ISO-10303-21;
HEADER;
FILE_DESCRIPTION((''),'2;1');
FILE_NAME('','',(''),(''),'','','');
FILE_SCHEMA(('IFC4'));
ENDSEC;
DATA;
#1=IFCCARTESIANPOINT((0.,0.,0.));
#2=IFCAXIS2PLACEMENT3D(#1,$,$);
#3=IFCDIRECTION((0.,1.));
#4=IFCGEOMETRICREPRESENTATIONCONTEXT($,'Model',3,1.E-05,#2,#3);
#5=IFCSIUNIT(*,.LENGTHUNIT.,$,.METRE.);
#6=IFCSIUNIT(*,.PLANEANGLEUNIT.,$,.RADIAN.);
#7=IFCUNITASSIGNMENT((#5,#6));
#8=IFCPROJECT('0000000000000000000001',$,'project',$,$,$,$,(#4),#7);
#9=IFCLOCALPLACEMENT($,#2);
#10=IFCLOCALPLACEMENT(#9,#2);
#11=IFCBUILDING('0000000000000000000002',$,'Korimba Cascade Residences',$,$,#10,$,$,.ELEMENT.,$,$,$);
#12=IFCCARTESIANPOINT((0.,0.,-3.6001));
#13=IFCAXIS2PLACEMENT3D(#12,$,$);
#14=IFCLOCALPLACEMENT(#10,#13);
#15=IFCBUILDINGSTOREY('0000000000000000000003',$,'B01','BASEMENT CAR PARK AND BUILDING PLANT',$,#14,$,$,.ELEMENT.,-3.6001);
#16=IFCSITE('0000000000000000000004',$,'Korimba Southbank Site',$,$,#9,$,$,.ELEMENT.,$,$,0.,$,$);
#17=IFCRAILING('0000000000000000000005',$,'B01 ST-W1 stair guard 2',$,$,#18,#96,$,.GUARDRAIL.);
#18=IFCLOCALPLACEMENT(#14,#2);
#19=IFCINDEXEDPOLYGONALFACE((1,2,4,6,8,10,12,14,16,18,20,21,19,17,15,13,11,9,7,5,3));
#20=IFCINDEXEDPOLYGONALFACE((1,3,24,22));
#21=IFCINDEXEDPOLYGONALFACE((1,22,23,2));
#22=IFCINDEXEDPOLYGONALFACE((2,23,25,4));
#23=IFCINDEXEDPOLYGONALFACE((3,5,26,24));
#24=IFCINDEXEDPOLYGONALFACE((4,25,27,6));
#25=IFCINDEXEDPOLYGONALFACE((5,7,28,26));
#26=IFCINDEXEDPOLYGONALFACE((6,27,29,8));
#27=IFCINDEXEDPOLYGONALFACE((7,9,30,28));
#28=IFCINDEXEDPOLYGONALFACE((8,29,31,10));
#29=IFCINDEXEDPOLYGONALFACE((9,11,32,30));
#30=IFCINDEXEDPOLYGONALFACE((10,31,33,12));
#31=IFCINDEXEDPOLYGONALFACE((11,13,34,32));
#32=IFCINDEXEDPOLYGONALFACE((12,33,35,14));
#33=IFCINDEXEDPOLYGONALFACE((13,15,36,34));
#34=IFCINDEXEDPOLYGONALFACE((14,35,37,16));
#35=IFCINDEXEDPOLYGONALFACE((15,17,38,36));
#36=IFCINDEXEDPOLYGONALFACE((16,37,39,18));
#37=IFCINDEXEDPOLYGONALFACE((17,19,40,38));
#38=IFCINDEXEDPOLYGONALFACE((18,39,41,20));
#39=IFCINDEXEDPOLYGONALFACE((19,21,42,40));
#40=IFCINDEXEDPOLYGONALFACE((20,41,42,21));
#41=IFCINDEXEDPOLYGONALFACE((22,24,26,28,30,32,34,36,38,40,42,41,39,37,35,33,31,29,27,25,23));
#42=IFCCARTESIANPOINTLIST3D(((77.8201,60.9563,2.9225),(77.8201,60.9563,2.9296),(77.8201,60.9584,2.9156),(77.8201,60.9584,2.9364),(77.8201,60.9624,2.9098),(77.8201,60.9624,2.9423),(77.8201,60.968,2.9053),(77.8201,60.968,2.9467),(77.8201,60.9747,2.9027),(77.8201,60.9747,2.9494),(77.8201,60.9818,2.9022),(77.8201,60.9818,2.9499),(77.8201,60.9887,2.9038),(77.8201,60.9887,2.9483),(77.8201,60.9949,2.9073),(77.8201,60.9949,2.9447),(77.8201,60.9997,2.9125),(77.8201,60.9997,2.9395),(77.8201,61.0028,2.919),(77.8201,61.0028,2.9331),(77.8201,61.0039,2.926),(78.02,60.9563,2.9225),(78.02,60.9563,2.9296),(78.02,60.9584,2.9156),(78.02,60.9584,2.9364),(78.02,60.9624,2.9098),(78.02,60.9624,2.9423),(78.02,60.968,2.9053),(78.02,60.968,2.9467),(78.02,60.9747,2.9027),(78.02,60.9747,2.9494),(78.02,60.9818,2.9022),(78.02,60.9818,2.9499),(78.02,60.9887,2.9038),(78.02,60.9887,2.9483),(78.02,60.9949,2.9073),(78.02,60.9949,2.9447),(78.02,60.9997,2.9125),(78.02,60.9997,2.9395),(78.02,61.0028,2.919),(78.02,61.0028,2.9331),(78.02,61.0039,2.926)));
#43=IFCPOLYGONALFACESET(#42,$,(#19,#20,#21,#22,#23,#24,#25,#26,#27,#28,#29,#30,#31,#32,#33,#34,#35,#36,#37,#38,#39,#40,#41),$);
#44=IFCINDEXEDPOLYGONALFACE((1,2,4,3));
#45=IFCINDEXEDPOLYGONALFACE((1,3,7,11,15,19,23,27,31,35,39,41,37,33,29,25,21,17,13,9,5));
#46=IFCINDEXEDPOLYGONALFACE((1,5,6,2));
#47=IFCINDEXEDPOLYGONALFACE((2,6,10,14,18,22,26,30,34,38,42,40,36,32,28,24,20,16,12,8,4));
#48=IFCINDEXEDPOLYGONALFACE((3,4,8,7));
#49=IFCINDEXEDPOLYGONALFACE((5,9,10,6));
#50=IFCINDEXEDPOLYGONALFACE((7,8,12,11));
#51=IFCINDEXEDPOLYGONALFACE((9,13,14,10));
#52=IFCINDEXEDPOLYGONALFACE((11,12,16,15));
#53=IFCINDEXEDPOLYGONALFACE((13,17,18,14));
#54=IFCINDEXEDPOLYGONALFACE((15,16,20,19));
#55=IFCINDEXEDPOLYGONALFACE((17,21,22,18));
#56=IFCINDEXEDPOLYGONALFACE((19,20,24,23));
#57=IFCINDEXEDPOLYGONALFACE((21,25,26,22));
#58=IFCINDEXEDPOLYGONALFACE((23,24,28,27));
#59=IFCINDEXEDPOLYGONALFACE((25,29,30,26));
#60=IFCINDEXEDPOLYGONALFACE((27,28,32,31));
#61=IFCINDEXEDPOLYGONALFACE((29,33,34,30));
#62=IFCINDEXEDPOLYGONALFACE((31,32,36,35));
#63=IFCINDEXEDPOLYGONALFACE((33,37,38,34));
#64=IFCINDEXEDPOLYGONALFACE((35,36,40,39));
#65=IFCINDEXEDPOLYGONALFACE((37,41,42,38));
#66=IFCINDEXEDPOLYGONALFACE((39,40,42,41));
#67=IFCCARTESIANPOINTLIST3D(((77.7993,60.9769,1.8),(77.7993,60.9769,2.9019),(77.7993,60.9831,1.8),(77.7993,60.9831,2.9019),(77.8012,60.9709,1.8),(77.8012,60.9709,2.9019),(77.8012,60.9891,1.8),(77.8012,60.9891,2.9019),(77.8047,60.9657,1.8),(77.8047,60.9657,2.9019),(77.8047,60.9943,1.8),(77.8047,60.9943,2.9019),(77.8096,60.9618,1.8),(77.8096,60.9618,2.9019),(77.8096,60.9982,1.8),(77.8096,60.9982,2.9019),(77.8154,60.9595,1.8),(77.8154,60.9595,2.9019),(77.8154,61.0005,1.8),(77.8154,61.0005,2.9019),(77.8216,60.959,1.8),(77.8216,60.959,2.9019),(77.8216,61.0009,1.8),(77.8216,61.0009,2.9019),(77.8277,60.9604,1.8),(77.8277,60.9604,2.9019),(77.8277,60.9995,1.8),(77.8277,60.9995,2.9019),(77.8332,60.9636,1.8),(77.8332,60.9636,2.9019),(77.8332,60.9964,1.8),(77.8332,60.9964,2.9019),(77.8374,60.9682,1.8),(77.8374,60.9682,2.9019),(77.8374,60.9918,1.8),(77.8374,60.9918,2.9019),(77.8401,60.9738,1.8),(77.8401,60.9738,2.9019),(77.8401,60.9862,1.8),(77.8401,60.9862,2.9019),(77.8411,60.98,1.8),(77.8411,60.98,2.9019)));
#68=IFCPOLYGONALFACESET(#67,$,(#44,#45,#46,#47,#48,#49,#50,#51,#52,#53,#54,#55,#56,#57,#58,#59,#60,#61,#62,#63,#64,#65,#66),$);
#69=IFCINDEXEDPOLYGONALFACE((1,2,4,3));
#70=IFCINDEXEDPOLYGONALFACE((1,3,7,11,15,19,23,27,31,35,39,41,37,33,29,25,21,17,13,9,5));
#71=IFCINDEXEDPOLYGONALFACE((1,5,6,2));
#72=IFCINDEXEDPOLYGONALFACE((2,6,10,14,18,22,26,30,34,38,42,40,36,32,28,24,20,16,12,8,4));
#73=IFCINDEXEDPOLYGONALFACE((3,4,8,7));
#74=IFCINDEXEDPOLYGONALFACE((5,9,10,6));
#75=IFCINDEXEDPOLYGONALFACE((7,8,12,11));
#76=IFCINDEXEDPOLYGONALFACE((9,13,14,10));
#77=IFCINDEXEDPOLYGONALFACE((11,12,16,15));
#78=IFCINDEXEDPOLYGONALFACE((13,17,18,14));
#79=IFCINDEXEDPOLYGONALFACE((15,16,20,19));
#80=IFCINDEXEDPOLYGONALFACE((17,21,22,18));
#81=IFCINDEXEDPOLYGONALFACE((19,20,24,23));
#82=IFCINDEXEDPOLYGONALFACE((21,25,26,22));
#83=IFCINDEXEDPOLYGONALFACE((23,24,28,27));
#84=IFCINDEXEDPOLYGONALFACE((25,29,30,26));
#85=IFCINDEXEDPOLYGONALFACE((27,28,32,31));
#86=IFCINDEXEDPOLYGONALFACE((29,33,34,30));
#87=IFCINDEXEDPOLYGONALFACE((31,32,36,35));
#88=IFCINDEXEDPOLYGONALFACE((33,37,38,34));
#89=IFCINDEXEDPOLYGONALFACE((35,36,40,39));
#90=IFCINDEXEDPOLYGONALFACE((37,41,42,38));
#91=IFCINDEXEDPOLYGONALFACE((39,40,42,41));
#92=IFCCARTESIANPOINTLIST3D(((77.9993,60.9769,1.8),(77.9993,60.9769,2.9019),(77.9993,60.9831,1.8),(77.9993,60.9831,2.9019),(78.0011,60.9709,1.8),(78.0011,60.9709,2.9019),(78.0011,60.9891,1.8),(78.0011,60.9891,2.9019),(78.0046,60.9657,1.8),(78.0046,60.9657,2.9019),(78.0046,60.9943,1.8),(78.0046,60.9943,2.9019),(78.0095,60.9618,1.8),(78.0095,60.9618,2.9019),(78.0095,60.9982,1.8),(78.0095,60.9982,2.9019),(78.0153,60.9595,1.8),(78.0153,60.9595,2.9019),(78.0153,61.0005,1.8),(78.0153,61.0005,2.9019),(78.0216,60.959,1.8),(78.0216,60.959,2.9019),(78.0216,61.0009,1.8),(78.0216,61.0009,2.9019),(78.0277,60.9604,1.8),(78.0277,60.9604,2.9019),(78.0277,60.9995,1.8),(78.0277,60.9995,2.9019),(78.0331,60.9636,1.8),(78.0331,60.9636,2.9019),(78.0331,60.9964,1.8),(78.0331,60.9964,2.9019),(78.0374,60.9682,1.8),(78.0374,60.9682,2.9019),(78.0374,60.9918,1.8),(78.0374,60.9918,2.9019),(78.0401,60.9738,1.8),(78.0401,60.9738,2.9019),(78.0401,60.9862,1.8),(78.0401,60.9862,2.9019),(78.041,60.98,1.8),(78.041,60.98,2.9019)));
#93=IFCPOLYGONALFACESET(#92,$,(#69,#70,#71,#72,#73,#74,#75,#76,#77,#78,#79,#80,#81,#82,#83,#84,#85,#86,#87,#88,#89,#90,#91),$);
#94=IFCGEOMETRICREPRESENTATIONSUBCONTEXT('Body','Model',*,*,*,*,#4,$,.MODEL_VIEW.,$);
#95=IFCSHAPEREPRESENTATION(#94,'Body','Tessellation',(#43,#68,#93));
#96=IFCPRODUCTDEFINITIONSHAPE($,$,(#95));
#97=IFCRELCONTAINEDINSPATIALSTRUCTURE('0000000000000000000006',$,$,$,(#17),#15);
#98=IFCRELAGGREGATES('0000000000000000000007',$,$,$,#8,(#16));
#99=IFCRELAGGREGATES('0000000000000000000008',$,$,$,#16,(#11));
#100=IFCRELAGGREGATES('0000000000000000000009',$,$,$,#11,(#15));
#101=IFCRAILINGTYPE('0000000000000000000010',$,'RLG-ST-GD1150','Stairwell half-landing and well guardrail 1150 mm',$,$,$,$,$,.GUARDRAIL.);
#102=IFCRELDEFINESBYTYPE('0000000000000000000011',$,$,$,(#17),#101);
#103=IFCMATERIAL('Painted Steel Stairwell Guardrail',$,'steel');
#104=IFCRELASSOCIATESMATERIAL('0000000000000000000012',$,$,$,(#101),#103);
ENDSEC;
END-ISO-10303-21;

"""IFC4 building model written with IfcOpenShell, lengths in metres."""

from ifc_helpers import new_model, si_unit, direction, frame, origin, origin_2d, place, context, subcontext, project, spatial, circle, extrude, material, type_object, element, save


model = new_model("IFC4")

# Units and contexts
model_context = context("Model", 3, precision=1e-05, world=origin(), true_north=direction((0.0, 1.0)))
body_context = subcontext(model_context, "Body", "Model", "MODEL_VIEW")
ifc_project = project(units=[si_unit("LENGTHUNIT", "METRE"), si_unit("PLANEANGLEUNIT", "RADIAN")], contexts=[model_context])

# Site, building, storey
site_placement = place(None, origin())
site = spatial("IfcSite", under=ifc_project, at=site_placement, Name="Korimba Southbank Site", CompositionType="ELEMENT", RefElevation=0.0)
building_placement = place(site_placement, origin())
building = spatial("IfcBuilding", under=site, at=building_placement, Name="Korimba Cascade Residences", CompositionType="ELEMENT")
storey_placement = place(building_placement, frame((0.0, 0.0, -3.6001)))
storey = spatial("IfcBuildingStorey", under=building, at=storey_placement, Name="B01", Description="BASEMENT CAR PARK AND BUILDING PLANT", CompositionType="ELEMENT", Elevation=-3.6001)

# Railing
ifc_material_1 = material(Name="Painted Steel Stairwell Guardrail", Category="steel")
railing_type_1 = type_object("IfcRailingType", Name="RLG-ST-GD1150", Description="Stairwell half-landing and well guardrail 1150 mm", PredefinedType="GUARDRAIL", material=ifc_material_1)
railing_1_placement = place(storey_placement, frame((77.8201, 60.98, 1.8)))
element("IfcRailing", 1, at=railing_1_placement, inside=storey, type_object=railing_type_1, Name="B01 ST-W1 stair guard 2", PredefinedType="GUARDRAIL", context=body_context, shape_type="SweptSolid", body=[
    extrude(circle(Radius=0.0239, at=origin_2d()), frame((0.0, 0.0, 1.126), z_axis=(1.0, 0.0, 0.0), x_axis=(0.0, 1.0, 0.0)), (0.0, 0.0, 1.0), 0.2),
    extrude(circle(Radius=0.021, at=origin_2d()), origin(), (0.0, 0.0, 1.0), 1.1018),
    extrude(circle(Radius=0.021, at=origin_2d()), frame((0.2, 0.0, 0.0)), (0.0, 0.0, 1.0), 1.1018),
])

save(model, "model.ifc")
